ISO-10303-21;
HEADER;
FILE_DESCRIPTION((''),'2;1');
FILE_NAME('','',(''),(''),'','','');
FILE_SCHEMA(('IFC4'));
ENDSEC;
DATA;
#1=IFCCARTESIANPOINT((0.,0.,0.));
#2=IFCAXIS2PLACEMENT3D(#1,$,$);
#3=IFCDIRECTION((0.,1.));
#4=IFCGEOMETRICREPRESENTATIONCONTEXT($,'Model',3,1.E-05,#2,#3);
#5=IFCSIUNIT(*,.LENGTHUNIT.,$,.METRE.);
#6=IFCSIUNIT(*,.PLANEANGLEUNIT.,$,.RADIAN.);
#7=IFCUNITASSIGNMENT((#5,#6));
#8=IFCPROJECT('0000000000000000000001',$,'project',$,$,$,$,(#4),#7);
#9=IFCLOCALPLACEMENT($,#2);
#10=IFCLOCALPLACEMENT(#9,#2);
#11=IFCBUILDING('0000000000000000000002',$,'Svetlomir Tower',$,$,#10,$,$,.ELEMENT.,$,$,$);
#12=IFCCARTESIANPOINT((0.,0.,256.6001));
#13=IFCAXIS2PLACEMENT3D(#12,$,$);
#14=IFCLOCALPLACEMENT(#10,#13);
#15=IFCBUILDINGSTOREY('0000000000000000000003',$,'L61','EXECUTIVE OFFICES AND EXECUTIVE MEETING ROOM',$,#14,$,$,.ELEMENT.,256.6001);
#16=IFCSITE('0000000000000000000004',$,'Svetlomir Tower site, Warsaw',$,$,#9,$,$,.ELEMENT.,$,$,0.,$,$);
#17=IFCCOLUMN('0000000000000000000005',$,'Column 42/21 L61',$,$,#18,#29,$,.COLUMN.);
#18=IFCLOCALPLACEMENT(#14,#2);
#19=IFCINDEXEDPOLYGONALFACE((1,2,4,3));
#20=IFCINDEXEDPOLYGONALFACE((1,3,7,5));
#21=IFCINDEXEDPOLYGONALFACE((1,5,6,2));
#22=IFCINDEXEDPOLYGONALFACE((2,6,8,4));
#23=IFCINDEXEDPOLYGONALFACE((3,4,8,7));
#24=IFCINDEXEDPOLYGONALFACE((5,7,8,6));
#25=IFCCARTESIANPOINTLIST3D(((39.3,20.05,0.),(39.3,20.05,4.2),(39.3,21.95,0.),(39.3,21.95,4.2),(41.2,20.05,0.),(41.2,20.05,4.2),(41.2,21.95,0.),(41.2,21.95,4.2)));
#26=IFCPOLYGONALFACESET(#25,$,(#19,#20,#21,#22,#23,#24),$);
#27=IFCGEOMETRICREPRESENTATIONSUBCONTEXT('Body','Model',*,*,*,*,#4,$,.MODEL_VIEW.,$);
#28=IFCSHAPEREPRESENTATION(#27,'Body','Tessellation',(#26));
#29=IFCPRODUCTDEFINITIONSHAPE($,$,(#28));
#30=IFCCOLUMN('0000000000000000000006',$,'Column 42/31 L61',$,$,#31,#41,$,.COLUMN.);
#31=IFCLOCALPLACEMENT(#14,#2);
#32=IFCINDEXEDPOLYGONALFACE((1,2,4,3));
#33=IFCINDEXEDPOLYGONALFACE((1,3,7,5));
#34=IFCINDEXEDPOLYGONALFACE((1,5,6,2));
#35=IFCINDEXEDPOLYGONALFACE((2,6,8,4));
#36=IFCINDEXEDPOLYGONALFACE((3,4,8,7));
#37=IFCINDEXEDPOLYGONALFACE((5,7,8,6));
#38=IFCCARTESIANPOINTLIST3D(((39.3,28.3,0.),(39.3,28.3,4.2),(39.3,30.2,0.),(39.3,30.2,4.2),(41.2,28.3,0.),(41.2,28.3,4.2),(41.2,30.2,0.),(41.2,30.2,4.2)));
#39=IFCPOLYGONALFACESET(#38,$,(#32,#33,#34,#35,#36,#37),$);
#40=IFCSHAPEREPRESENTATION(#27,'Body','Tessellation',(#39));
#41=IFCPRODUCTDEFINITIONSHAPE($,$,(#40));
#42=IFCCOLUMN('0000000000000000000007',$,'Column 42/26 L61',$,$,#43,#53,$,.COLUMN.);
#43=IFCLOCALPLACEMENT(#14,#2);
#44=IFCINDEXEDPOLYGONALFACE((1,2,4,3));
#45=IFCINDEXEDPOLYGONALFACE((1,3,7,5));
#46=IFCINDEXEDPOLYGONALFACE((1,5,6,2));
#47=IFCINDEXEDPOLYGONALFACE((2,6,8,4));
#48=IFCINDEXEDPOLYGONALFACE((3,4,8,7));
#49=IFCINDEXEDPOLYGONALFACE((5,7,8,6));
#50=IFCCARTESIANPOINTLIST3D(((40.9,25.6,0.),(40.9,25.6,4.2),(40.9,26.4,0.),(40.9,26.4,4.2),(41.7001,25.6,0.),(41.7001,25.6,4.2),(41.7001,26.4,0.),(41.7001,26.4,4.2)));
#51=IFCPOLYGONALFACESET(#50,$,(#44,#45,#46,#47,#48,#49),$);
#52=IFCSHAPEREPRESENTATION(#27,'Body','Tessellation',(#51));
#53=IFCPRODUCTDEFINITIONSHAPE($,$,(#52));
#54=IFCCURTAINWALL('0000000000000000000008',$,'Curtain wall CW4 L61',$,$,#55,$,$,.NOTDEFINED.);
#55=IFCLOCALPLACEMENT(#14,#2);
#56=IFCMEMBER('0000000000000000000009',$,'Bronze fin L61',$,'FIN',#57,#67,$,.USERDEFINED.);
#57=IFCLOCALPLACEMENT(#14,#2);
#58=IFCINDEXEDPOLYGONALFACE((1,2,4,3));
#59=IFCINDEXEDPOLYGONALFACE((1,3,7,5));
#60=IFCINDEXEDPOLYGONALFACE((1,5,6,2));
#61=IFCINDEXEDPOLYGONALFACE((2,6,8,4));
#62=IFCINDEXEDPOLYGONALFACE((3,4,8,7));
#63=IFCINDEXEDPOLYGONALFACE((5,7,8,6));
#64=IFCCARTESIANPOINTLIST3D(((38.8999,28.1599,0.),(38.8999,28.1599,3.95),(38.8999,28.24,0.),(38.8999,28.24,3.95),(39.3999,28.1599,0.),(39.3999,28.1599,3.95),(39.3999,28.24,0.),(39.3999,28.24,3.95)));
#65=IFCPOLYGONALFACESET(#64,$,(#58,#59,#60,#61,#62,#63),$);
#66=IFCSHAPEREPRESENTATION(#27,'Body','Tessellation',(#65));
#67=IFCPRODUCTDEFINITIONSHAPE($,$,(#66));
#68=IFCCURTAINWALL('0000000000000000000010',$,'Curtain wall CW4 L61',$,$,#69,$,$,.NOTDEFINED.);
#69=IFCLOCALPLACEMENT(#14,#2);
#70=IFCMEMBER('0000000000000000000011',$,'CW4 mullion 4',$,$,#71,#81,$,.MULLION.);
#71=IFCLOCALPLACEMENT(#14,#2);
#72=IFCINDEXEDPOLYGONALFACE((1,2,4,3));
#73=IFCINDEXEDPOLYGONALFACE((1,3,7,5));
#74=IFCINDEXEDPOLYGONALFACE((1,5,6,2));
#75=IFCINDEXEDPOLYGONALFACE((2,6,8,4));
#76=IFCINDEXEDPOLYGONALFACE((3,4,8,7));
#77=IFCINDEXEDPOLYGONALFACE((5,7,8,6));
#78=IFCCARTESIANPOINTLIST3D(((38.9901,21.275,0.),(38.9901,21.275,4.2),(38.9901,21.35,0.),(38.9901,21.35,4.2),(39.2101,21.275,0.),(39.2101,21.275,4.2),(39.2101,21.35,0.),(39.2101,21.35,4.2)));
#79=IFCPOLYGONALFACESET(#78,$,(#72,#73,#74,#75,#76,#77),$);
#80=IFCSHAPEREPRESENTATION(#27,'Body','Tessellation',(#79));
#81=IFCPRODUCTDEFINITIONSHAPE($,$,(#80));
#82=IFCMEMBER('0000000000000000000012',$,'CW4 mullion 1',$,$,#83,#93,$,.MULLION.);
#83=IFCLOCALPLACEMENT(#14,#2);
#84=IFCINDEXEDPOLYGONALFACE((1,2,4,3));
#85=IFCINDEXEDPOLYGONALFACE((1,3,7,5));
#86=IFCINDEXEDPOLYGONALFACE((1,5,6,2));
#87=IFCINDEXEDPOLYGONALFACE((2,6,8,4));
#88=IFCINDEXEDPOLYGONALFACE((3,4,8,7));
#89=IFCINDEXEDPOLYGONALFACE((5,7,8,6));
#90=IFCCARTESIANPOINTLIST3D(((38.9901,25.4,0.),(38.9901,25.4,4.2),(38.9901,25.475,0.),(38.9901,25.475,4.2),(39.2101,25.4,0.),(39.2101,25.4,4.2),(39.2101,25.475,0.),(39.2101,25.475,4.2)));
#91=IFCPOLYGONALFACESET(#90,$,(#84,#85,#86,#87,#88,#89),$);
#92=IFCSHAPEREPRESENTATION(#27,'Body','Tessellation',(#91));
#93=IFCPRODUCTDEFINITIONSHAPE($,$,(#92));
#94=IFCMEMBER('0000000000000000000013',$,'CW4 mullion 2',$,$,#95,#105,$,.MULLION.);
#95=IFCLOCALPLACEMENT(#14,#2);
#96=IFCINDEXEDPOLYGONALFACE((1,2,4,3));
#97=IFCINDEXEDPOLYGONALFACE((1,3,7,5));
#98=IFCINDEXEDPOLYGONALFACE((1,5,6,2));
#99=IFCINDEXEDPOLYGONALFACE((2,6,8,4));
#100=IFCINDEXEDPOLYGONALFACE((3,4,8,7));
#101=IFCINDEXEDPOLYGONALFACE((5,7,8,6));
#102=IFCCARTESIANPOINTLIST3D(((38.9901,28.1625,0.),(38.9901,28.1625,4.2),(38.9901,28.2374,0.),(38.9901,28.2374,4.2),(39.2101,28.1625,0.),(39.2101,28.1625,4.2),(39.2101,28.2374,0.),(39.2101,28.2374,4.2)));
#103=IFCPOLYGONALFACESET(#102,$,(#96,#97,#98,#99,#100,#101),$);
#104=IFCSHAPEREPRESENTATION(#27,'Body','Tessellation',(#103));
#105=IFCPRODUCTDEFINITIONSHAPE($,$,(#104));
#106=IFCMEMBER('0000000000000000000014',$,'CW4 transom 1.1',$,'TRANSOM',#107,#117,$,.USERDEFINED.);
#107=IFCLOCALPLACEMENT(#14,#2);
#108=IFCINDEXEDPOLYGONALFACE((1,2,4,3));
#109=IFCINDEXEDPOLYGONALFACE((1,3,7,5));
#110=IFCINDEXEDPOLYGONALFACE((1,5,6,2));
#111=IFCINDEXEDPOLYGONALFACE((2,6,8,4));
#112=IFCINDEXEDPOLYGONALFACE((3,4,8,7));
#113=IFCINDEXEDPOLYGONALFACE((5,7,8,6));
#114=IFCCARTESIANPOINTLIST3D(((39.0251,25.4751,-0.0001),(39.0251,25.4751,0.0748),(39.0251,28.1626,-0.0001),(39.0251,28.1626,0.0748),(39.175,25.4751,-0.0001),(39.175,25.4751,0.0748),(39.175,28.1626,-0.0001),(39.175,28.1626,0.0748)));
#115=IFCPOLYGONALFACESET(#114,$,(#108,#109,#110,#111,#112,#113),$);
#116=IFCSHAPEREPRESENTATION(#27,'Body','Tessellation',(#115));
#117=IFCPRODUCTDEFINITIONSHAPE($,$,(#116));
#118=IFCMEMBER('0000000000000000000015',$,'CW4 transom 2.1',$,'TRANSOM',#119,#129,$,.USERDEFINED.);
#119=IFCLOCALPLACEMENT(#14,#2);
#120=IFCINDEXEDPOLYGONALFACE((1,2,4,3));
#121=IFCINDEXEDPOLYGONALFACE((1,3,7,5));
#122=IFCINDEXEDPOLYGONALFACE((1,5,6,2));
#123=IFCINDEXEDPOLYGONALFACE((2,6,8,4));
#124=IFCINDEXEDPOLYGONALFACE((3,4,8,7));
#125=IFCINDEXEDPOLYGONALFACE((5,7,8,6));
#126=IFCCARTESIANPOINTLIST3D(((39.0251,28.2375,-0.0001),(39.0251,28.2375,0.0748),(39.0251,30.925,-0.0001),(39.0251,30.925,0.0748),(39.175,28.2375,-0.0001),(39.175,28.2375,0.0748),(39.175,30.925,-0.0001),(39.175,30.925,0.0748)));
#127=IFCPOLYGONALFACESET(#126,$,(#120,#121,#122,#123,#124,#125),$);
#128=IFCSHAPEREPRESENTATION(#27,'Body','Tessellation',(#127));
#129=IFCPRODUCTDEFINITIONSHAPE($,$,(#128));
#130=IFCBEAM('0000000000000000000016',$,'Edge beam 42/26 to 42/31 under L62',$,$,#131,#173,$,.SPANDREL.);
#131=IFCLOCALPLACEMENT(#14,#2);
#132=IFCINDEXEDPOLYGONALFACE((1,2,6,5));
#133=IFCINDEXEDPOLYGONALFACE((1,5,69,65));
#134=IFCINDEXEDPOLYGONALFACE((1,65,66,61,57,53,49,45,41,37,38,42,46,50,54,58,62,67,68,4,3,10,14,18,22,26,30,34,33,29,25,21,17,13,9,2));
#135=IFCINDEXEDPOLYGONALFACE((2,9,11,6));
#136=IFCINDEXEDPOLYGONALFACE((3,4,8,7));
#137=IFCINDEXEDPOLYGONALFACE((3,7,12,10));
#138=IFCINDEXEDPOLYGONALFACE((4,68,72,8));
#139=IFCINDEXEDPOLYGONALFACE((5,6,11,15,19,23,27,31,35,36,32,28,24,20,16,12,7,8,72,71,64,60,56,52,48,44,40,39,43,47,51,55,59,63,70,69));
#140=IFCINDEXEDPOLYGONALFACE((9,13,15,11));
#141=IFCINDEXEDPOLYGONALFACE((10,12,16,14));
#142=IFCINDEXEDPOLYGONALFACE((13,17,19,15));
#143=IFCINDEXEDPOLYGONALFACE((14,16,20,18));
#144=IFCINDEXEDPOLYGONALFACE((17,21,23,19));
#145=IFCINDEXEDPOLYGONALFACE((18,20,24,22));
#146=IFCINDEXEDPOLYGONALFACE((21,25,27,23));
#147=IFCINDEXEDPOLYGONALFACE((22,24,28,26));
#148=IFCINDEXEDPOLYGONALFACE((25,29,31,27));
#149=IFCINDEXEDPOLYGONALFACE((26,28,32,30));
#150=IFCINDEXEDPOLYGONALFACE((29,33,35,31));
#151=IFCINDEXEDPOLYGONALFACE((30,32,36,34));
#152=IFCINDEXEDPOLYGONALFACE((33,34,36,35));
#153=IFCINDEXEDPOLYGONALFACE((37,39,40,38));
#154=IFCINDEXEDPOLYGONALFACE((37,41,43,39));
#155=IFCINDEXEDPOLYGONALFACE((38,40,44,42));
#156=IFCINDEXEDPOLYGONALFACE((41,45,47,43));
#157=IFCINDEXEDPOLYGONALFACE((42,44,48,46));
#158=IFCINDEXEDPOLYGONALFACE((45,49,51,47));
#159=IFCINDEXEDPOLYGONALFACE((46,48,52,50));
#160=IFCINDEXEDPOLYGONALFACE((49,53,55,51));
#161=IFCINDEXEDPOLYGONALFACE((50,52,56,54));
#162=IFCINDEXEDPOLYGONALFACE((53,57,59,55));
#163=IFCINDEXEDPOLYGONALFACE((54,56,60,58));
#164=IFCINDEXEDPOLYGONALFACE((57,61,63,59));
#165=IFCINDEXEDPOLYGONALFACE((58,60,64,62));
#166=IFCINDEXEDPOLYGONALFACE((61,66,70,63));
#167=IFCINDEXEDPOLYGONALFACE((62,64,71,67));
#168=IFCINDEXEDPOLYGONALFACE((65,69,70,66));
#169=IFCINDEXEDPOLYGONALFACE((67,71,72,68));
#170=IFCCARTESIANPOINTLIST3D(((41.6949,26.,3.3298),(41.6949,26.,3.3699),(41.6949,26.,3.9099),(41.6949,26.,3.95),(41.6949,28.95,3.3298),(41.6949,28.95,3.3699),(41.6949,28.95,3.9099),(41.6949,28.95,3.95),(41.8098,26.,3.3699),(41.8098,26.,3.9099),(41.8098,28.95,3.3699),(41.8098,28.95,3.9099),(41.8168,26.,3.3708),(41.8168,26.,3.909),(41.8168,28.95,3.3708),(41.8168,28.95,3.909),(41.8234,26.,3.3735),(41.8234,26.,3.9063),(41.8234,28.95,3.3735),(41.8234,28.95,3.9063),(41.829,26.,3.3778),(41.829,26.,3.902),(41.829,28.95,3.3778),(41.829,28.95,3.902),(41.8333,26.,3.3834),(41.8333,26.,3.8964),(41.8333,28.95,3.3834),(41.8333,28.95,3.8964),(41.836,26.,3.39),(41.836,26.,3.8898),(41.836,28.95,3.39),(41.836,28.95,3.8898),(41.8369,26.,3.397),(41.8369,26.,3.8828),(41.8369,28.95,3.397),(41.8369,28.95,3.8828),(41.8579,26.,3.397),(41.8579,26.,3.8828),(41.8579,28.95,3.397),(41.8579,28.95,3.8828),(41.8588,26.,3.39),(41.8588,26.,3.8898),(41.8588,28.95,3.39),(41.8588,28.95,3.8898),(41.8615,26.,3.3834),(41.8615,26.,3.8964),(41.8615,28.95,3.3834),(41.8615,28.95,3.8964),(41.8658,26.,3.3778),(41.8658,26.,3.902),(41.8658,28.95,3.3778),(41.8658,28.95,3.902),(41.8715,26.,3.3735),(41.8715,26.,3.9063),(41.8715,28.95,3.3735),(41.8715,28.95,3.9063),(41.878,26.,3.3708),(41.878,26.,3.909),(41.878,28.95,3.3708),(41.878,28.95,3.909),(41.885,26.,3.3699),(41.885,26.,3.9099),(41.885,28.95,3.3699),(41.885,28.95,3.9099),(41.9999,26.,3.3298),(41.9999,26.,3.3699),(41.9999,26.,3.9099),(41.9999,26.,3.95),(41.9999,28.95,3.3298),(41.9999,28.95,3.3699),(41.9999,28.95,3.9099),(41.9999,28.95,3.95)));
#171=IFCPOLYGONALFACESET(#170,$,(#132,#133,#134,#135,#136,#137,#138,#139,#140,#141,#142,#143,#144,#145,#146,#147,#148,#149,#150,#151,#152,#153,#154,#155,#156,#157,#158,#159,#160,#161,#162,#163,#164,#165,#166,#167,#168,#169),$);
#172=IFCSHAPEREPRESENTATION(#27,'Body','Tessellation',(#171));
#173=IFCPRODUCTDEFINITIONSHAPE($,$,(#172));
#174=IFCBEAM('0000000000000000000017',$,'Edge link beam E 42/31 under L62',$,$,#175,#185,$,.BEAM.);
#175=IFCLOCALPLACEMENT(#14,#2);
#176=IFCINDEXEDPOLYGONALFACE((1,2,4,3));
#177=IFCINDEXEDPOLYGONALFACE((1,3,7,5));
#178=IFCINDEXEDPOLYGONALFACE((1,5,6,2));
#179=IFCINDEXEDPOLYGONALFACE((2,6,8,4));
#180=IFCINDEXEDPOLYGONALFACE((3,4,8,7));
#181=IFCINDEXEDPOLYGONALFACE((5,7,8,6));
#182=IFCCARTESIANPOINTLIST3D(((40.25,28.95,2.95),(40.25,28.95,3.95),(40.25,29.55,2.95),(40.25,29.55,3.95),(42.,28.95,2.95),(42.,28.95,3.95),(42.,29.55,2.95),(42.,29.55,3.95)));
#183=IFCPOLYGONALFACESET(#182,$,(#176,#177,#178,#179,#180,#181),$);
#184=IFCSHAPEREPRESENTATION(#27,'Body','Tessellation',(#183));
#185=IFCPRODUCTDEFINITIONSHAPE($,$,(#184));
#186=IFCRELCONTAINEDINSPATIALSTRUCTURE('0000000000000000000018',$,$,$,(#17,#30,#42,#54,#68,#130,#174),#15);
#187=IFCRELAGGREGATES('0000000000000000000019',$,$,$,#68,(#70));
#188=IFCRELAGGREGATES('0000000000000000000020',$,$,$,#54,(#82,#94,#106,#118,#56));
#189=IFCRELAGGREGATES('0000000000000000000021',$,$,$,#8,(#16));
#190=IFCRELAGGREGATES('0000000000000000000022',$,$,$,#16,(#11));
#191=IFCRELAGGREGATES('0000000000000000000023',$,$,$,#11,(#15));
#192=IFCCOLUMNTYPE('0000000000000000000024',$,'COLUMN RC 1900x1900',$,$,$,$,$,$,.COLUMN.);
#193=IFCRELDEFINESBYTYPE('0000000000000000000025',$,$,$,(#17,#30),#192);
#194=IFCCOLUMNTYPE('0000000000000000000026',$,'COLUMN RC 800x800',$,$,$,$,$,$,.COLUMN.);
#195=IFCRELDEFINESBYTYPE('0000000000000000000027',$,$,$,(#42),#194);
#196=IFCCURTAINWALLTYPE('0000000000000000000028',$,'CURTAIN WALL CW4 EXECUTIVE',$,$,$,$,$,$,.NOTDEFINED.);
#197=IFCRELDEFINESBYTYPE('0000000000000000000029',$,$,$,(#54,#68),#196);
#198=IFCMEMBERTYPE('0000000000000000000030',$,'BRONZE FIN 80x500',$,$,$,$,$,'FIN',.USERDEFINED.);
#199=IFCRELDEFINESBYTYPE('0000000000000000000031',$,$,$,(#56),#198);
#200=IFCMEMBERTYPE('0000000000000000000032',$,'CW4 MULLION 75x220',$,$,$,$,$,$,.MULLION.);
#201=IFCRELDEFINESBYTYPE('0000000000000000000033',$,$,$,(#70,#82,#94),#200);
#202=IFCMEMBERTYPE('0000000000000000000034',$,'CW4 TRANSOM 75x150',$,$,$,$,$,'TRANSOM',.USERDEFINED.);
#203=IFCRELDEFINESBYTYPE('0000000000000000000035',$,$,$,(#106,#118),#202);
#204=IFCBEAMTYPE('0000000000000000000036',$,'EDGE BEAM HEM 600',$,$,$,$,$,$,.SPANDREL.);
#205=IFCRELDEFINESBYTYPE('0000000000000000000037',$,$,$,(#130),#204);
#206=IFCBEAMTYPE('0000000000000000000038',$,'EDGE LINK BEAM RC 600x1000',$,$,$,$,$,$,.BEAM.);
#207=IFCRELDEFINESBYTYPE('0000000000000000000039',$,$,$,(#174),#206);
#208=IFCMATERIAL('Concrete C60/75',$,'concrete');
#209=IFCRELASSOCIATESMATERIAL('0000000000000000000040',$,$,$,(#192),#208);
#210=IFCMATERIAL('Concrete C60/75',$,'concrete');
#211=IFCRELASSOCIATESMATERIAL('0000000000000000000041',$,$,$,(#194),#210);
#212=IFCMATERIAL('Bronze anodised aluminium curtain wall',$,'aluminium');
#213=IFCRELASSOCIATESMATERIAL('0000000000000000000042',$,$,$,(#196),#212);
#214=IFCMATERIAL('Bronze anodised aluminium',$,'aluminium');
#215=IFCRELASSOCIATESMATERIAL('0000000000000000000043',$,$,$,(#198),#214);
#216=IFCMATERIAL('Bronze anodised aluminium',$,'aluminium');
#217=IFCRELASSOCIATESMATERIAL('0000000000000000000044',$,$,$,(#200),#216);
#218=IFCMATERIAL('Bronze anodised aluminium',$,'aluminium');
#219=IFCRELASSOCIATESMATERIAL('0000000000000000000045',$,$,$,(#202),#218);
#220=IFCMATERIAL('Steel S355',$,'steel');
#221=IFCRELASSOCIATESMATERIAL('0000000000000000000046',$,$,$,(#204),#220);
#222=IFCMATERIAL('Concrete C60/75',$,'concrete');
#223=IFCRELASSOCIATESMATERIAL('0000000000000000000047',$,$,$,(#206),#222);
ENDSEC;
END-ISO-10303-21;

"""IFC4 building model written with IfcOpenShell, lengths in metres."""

from ifc_helpers import new_model, si_unit, direction, frame, origin, origin_2d, place, context, subcontext, project, spatial, rectangle, i_section, extrude, material, material_profile, profile_set, type_object, element, aggregate, save


model = new_model("IFC4")

# Units and contexts
model_context = context("Model", 3, precision=1e-05, world=origin(), true_north=direction((0.0, 1.0)))
body_context = subcontext(model_context, "Body", "Model", "MODEL_VIEW")
ifc_project = project(units=[si_unit("LENGTHUNIT", "METRE"), si_unit("PLANEANGLEUNIT", "RADIAN")], contexts=[model_context])

# Site, building, storey
site_placement = place(None, origin())
site = spatial("IfcSite", under=ifc_project, at=site_placement, Name="Svetlomir Tower site, Warsaw", CompositionType="ELEMENT", RefElevation=0.0)
building_placement = place(site_placement, origin())
building = spatial("IfcBuilding", under=site, at=building_placement, Name="Svetlomir Tower", CompositionType="ELEMENT")
storey_placement = place(building_placement, frame((0.0, 0.0, 256.6001)))
storey = spatial("IfcBuildingStorey", under=building, at=storey_placement, Name="L61", Description="EXECUTIVE OFFICES AND EXECUTIVE MEETING ROOM", CompositionType="ELEMENT", Elevation=256.6001)

# Columns
ifc_material_1 = material(Name="Concrete C60/75", Category="concrete")
ifc_material_profile_1 = material_profile(ifc_material_1, rectangle(XDim=1.8999, YDim=1.8999, at=origin_2d()), Name="RC 1900x1900")
ifc_profile_set_1 = profile_set([ifc_material_profile_1], Name="Concrete C60/75")
column_type_1 = type_object("IfcColumnType", Name="COLUMN RC 1900x1900", PredefinedType="COLUMN", material=ifc_profile_set_1)
for number, where, z_axis, x_axis, name in (
    (1, (40.25, 21.0, 0.0), (0.0, 0.0, 1.0), (1.0, 0.0, 0.0), "Column 42/21 L61"),
    (2, (40.25, 29.25, 0.0), (0.0, 0.0, 1.0), (1.0, 0.0, 0.0), "Column 42/31 L61"),
):
    element("IfcColumn", number, at=place(storey_placement, frame(where, z_axis=z_axis, x_axis=x_axis)), inside=storey, type_object=column_type_1, Name=name, PredefinedType="COLUMN", context=body_context, shape_type="SweptSolid", body=[
        extrude(rectangle(XDim=1.8999, YDim=1.8999, at=origin_2d()), origin(), (0.0, 0.0, 1.0), 4.2),
    ])
ifc_material_2 = material(Name="Concrete C60/75", Category="concrete")
ifc_material_profile_2 = material_profile(ifc_material_2, rectangle(XDim=0.8, YDim=0.8, at=origin_2d()), Name="RC 800x800")
ifc_profile_set_2 = profile_set([ifc_material_profile_2], Name="Concrete C60/75")
column_type_2 = type_object("IfcColumnType", Name="COLUMN RC 800x800", PredefinedType="COLUMN", material=ifc_profile_set_2)
column_placement = place(storey_placement, frame((41.3, 26.0, 0.0), z_axis=(0.0, 0.0, 1.0), x_axis=(1.0, 0.0, 0.0)))
element("IfcColumn", 3, at=column_placement, inside=storey, type_object=column_type_2, Name="Column 42/26 L61", PredefinedType="COLUMN", context=body_context, shape_type="SweptSolid", body=[
    extrude(rectangle(XDim=0.8, YDim=0.8, at=origin_2d()), origin(), (0.0, 0.0, 1.0), 4.2),
])

# Curtain walls, members
ifc_material_3 = material(Name="Bronze anodised aluminium curtain wall", Category="aluminium")
curtain_wall_type = type_object("IfcCurtainWallType", Name="CURTAIN WALL CW4 EXECUTIVE", PredefinedType="NOTDEFINED", material=ifc_material_3)
curtain_wall_1_placement = place(storey_placement, origin())
curtain_wall_1 = element("IfcCurtainWall", 4, at=curtain_wall_1_placement, inside=storey, type_object=curtain_wall_type, Name="Curtain wall CW4 L61", PredefinedType="NOTDEFINED")
ifc_material_4 = material(Name="Bronze anodised aluminium", Category="aluminium")
ifc_material_profile_3 = material_profile(ifc_material_4, rectangle(XDim=0.0801, YDim=0.5, at=origin_2d()), Name="FIN 80x500")
ifc_profile_set_3 = profile_set([ifc_material_profile_3], Name="Bronze anodised aluminium 6063-T6")
member_type_1 = type_object("IfcMemberType", Name="BRONZE FIN 80x500", ElementType="FIN", PredefinedType="USERDEFINED", material=ifc_profile_set_3)
member_1_placement = place(storey_placement, frame((39.1499, 28.2, 0.0), z_axis=(0.0, 0.0, 1.0), x_axis=(0.0, 1.0, 0.0)))
member_1 = element("IfcMember", 5, at=member_1_placement, type_object=member_type_1, Name="Bronze fin L61", ObjectType="FIN", PredefinedType="USERDEFINED", context=body_context, shape_type="SweptSolid", body=[
    extrude(rectangle(XDim=0.0801, YDim=0.5, at=origin_2d()), origin(), (0.0, 0.0, 1.0), 3.95),
])
curtain_wall_2_placement = place(storey_placement, origin())
curtain_wall_2 = element("IfcCurtainWall", 6, at=curtain_wall_2_placement, inside=storey, type_object=curtain_wall_type, Name="Curtain wall CW4 L61", PredefinedType="NOTDEFINED")
ifc_material_5 = material(Name="Bronze anodised aluminium", Category="aluminium")
ifc_material_profile_4 = material_profile(ifc_material_5, rectangle(XDim=0.075, YDim=0.22, at=origin_2d()), Name="AL 75x220")
ifc_profile_set_4 = profile_set([ifc_material_profile_4], Name="Bronze anodised aluminium 6063-T6")
member_type_2 = type_object("IfcMemberType", Name="CW4 MULLION 75x220", PredefinedType="MULLION", material=ifc_profile_set_4)
member_2_placement = place(storey_placement, frame((39.1001, 21.3125, 0.0), z_axis=(0.0, 0.0, 1.0), x_axis=(0.0, 1.0, 0.0)))
member_2 = element("IfcMember", 7, at=member_2_placement, type_object=member_type_2, Name="CW4 mullion 4", PredefinedType="MULLION", context=body_context, shape_type="SweptSolid", body=[
    extrude(rectangle(XDim=0.075, YDim=0.22, at=origin_2d()), origin(), (0.0, 0.0, 1.0), 4.2),
])

# Members
member_3_placement = place(storey_placement, frame((39.1001, 25.4375, 0.0), z_axis=(0.0, 0.0, 1.0), x_axis=(0.0, 1.0, 0.0)))
member_3 = element("IfcMember", 8, at=member_3_placement, type_object=member_type_2, Name="CW4 mullion 1", PredefinedType="MULLION", context=body_context, shape_type="SweptSolid", body=[
    extrude(rectangle(XDim=0.075, YDim=0.22, at=origin_2d()), origin(), (0.0, 0.0, 1.0), 4.2),
])
member_4_placement = place(storey_placement, frame((39.1001, 28.2, 0.0), z_axis=(0.0, 0.0, 1.0), x_axis=(0.0, 1.0, 0.0)))
member_4 = element("IfcMember", 9, at=member_4_placement, type_object=member_type_2, Name="CW4 mullion 2", PredefinedType="MULLION", context=body_context, shape_type="SweptSolid", body=[
    extrude(rectangle(XDim=0.075, YDim=0.22, at=origin_2d()), origin(), (0.0, 0.0, 1.0), 4.2),
])
ifc_material_6 = material(Name="Bronze anodised aluminium", Category="aluminium")
ifc_material_profile_5 = material_profile(ifc_material_6, rectangle(XDim=0.1499, YDim=0.075, at=origin_2d()), Name="AL 150x75")
ifc_profile_set_5 = profile_set([ifc_material_profile_5], Name="Bronze anodised aluminium 6063-T6")
member_type_3 = type_object("IfcMemberType", Name="CW4 TRANSOM 75x150", ElementType="TRANSOM", PredefinedType="USERDEFINED", material=ifc_profile_set_5)
member_5_placement = place(storey_placement, frame((39.1001, 25.4751, 0.0374), z_axis=(0.0, 1.0, 0.0), x_axis=(-1.0, 0.0, 0.0)))
member_5 = element("IfcMember", 10, at=member_5_placement, type_object=member_type_3, Name="CW4 transom 1.1", ObjectType="TRANSOM", PredefinedType="USERDEFINED", context=body_context, shape_type="SweptSolid", body=[
    extrude(rectangle(XDim=0.1499, YDim=0.075, at=origin_2d()), origin(), (0.0, 0.0, 1.0), 2.6875),
])
member_6_placement = place(storey_placement, frame((39.1001, 28.2375, 0.0374), z_axis=(0.0, 1.0, 0.0), x_axis=(-1.0, 0.0, 0.0)))
member_6 = element("IfcMember", 11, at=member_6_placement, type_object=member_type_3, Name="CW4 transom 2.1", ObjectType="TRANSOM", PredefinedType="USERDEFINED", context=body_context, shape_type="SweptSolid", body=[
    extrude(rectangle(XDim=0.1499, YDim=0.075, at=origin_2d()), origin(), (0.0, 0.0, 1.0), 2.6875),
])

# Beams
ifc_material_7 = material(Name="Steel S355", Category="steel")
ifc_material_profile_6 = material_profile(ifc_material_7, i_section(OverallWidth=0.3049, OverallDepth=0.6201, WebThickness=0.021, FlangeThickness=0.04, FilletRadius=0.0271, at=origin_2d()), Name="HEM 600")
ifc_profile_set_6 = profile_set([ifc_material_profile_6], Name="Steel S355")
beam_type_1 = type_object("IfcBeamType", Name="EDGE BEAM HEM 600", PredefinedType="SPANDREL", material=ifc_profile_set_6)
beam_1_placement = place(storey_placement, frame((41.8474, 26.0, 3.6399), z_axis=(0.0, 1.0, 0.0), x_axis=(-1.0, 0.0, 0.0)))
element("IfcBeam", 12, at=beam_1_placement, inside=storey, type_object=beam_type_1, Name="Edge beam 42/26 to 42/31 under L62", PredefinedType="SPANDREL", context=body_context, shape_type="SweptSolid", body=[
    extrude(i_section(OverallWidth=0.3049, OverallDepth=0.6201, WebThickness=0.021, FlangeThickness=0.04, FilletRadius=0.0271, at=origin_2d()), origin(), (0.0, 0.0, 1.0), 2.95),
])
ifc_material_8 = material(Name="Concrete C60/75", Category="concrete")
ifc_material_profile_7 = material_profile(ifc_material_8, rectangle(XDim=0.6001, YDim=1.0, at=origin_2d()), Name="RC 600x1000")
ifc_profile_set_7 = profile_set([ifc_material_profile_7], Name="Concrete C60/75")
beam_type_2 = type_object("IfcBeamType", Name="EDGE LINK BEAM RC 600x1000", PredefinedType="BEAM", material=ifc_profile_set_7)
beam_2_placement = place(storey_placement, frame((40.25, 29.25, 3.45), z_axis=(1.0, 0.0, 0.0), x_axis=(0.0, 1.0, 0.0)))
element("IfcBeam", 13, at=beam_2_placement, inside=storey, type_object=beam_type_2, Name="Edge link beam E 42/31 under L62", PredefinedType="BEAM", context=body_context, shape_type="SweptSolid", body=[
    extrude(rectangle(XDim=0.6001, YDim=1.0, at=origin_2d()), origin(), (0.0, 0.0, 1.0), 1.75),
])

aggregate(curtain_wall_2, [member_2])
aggregate(curtain_wall_1, [member_3, member_4, member_5, member_6, member_1])

save(model, "model.ifc")
